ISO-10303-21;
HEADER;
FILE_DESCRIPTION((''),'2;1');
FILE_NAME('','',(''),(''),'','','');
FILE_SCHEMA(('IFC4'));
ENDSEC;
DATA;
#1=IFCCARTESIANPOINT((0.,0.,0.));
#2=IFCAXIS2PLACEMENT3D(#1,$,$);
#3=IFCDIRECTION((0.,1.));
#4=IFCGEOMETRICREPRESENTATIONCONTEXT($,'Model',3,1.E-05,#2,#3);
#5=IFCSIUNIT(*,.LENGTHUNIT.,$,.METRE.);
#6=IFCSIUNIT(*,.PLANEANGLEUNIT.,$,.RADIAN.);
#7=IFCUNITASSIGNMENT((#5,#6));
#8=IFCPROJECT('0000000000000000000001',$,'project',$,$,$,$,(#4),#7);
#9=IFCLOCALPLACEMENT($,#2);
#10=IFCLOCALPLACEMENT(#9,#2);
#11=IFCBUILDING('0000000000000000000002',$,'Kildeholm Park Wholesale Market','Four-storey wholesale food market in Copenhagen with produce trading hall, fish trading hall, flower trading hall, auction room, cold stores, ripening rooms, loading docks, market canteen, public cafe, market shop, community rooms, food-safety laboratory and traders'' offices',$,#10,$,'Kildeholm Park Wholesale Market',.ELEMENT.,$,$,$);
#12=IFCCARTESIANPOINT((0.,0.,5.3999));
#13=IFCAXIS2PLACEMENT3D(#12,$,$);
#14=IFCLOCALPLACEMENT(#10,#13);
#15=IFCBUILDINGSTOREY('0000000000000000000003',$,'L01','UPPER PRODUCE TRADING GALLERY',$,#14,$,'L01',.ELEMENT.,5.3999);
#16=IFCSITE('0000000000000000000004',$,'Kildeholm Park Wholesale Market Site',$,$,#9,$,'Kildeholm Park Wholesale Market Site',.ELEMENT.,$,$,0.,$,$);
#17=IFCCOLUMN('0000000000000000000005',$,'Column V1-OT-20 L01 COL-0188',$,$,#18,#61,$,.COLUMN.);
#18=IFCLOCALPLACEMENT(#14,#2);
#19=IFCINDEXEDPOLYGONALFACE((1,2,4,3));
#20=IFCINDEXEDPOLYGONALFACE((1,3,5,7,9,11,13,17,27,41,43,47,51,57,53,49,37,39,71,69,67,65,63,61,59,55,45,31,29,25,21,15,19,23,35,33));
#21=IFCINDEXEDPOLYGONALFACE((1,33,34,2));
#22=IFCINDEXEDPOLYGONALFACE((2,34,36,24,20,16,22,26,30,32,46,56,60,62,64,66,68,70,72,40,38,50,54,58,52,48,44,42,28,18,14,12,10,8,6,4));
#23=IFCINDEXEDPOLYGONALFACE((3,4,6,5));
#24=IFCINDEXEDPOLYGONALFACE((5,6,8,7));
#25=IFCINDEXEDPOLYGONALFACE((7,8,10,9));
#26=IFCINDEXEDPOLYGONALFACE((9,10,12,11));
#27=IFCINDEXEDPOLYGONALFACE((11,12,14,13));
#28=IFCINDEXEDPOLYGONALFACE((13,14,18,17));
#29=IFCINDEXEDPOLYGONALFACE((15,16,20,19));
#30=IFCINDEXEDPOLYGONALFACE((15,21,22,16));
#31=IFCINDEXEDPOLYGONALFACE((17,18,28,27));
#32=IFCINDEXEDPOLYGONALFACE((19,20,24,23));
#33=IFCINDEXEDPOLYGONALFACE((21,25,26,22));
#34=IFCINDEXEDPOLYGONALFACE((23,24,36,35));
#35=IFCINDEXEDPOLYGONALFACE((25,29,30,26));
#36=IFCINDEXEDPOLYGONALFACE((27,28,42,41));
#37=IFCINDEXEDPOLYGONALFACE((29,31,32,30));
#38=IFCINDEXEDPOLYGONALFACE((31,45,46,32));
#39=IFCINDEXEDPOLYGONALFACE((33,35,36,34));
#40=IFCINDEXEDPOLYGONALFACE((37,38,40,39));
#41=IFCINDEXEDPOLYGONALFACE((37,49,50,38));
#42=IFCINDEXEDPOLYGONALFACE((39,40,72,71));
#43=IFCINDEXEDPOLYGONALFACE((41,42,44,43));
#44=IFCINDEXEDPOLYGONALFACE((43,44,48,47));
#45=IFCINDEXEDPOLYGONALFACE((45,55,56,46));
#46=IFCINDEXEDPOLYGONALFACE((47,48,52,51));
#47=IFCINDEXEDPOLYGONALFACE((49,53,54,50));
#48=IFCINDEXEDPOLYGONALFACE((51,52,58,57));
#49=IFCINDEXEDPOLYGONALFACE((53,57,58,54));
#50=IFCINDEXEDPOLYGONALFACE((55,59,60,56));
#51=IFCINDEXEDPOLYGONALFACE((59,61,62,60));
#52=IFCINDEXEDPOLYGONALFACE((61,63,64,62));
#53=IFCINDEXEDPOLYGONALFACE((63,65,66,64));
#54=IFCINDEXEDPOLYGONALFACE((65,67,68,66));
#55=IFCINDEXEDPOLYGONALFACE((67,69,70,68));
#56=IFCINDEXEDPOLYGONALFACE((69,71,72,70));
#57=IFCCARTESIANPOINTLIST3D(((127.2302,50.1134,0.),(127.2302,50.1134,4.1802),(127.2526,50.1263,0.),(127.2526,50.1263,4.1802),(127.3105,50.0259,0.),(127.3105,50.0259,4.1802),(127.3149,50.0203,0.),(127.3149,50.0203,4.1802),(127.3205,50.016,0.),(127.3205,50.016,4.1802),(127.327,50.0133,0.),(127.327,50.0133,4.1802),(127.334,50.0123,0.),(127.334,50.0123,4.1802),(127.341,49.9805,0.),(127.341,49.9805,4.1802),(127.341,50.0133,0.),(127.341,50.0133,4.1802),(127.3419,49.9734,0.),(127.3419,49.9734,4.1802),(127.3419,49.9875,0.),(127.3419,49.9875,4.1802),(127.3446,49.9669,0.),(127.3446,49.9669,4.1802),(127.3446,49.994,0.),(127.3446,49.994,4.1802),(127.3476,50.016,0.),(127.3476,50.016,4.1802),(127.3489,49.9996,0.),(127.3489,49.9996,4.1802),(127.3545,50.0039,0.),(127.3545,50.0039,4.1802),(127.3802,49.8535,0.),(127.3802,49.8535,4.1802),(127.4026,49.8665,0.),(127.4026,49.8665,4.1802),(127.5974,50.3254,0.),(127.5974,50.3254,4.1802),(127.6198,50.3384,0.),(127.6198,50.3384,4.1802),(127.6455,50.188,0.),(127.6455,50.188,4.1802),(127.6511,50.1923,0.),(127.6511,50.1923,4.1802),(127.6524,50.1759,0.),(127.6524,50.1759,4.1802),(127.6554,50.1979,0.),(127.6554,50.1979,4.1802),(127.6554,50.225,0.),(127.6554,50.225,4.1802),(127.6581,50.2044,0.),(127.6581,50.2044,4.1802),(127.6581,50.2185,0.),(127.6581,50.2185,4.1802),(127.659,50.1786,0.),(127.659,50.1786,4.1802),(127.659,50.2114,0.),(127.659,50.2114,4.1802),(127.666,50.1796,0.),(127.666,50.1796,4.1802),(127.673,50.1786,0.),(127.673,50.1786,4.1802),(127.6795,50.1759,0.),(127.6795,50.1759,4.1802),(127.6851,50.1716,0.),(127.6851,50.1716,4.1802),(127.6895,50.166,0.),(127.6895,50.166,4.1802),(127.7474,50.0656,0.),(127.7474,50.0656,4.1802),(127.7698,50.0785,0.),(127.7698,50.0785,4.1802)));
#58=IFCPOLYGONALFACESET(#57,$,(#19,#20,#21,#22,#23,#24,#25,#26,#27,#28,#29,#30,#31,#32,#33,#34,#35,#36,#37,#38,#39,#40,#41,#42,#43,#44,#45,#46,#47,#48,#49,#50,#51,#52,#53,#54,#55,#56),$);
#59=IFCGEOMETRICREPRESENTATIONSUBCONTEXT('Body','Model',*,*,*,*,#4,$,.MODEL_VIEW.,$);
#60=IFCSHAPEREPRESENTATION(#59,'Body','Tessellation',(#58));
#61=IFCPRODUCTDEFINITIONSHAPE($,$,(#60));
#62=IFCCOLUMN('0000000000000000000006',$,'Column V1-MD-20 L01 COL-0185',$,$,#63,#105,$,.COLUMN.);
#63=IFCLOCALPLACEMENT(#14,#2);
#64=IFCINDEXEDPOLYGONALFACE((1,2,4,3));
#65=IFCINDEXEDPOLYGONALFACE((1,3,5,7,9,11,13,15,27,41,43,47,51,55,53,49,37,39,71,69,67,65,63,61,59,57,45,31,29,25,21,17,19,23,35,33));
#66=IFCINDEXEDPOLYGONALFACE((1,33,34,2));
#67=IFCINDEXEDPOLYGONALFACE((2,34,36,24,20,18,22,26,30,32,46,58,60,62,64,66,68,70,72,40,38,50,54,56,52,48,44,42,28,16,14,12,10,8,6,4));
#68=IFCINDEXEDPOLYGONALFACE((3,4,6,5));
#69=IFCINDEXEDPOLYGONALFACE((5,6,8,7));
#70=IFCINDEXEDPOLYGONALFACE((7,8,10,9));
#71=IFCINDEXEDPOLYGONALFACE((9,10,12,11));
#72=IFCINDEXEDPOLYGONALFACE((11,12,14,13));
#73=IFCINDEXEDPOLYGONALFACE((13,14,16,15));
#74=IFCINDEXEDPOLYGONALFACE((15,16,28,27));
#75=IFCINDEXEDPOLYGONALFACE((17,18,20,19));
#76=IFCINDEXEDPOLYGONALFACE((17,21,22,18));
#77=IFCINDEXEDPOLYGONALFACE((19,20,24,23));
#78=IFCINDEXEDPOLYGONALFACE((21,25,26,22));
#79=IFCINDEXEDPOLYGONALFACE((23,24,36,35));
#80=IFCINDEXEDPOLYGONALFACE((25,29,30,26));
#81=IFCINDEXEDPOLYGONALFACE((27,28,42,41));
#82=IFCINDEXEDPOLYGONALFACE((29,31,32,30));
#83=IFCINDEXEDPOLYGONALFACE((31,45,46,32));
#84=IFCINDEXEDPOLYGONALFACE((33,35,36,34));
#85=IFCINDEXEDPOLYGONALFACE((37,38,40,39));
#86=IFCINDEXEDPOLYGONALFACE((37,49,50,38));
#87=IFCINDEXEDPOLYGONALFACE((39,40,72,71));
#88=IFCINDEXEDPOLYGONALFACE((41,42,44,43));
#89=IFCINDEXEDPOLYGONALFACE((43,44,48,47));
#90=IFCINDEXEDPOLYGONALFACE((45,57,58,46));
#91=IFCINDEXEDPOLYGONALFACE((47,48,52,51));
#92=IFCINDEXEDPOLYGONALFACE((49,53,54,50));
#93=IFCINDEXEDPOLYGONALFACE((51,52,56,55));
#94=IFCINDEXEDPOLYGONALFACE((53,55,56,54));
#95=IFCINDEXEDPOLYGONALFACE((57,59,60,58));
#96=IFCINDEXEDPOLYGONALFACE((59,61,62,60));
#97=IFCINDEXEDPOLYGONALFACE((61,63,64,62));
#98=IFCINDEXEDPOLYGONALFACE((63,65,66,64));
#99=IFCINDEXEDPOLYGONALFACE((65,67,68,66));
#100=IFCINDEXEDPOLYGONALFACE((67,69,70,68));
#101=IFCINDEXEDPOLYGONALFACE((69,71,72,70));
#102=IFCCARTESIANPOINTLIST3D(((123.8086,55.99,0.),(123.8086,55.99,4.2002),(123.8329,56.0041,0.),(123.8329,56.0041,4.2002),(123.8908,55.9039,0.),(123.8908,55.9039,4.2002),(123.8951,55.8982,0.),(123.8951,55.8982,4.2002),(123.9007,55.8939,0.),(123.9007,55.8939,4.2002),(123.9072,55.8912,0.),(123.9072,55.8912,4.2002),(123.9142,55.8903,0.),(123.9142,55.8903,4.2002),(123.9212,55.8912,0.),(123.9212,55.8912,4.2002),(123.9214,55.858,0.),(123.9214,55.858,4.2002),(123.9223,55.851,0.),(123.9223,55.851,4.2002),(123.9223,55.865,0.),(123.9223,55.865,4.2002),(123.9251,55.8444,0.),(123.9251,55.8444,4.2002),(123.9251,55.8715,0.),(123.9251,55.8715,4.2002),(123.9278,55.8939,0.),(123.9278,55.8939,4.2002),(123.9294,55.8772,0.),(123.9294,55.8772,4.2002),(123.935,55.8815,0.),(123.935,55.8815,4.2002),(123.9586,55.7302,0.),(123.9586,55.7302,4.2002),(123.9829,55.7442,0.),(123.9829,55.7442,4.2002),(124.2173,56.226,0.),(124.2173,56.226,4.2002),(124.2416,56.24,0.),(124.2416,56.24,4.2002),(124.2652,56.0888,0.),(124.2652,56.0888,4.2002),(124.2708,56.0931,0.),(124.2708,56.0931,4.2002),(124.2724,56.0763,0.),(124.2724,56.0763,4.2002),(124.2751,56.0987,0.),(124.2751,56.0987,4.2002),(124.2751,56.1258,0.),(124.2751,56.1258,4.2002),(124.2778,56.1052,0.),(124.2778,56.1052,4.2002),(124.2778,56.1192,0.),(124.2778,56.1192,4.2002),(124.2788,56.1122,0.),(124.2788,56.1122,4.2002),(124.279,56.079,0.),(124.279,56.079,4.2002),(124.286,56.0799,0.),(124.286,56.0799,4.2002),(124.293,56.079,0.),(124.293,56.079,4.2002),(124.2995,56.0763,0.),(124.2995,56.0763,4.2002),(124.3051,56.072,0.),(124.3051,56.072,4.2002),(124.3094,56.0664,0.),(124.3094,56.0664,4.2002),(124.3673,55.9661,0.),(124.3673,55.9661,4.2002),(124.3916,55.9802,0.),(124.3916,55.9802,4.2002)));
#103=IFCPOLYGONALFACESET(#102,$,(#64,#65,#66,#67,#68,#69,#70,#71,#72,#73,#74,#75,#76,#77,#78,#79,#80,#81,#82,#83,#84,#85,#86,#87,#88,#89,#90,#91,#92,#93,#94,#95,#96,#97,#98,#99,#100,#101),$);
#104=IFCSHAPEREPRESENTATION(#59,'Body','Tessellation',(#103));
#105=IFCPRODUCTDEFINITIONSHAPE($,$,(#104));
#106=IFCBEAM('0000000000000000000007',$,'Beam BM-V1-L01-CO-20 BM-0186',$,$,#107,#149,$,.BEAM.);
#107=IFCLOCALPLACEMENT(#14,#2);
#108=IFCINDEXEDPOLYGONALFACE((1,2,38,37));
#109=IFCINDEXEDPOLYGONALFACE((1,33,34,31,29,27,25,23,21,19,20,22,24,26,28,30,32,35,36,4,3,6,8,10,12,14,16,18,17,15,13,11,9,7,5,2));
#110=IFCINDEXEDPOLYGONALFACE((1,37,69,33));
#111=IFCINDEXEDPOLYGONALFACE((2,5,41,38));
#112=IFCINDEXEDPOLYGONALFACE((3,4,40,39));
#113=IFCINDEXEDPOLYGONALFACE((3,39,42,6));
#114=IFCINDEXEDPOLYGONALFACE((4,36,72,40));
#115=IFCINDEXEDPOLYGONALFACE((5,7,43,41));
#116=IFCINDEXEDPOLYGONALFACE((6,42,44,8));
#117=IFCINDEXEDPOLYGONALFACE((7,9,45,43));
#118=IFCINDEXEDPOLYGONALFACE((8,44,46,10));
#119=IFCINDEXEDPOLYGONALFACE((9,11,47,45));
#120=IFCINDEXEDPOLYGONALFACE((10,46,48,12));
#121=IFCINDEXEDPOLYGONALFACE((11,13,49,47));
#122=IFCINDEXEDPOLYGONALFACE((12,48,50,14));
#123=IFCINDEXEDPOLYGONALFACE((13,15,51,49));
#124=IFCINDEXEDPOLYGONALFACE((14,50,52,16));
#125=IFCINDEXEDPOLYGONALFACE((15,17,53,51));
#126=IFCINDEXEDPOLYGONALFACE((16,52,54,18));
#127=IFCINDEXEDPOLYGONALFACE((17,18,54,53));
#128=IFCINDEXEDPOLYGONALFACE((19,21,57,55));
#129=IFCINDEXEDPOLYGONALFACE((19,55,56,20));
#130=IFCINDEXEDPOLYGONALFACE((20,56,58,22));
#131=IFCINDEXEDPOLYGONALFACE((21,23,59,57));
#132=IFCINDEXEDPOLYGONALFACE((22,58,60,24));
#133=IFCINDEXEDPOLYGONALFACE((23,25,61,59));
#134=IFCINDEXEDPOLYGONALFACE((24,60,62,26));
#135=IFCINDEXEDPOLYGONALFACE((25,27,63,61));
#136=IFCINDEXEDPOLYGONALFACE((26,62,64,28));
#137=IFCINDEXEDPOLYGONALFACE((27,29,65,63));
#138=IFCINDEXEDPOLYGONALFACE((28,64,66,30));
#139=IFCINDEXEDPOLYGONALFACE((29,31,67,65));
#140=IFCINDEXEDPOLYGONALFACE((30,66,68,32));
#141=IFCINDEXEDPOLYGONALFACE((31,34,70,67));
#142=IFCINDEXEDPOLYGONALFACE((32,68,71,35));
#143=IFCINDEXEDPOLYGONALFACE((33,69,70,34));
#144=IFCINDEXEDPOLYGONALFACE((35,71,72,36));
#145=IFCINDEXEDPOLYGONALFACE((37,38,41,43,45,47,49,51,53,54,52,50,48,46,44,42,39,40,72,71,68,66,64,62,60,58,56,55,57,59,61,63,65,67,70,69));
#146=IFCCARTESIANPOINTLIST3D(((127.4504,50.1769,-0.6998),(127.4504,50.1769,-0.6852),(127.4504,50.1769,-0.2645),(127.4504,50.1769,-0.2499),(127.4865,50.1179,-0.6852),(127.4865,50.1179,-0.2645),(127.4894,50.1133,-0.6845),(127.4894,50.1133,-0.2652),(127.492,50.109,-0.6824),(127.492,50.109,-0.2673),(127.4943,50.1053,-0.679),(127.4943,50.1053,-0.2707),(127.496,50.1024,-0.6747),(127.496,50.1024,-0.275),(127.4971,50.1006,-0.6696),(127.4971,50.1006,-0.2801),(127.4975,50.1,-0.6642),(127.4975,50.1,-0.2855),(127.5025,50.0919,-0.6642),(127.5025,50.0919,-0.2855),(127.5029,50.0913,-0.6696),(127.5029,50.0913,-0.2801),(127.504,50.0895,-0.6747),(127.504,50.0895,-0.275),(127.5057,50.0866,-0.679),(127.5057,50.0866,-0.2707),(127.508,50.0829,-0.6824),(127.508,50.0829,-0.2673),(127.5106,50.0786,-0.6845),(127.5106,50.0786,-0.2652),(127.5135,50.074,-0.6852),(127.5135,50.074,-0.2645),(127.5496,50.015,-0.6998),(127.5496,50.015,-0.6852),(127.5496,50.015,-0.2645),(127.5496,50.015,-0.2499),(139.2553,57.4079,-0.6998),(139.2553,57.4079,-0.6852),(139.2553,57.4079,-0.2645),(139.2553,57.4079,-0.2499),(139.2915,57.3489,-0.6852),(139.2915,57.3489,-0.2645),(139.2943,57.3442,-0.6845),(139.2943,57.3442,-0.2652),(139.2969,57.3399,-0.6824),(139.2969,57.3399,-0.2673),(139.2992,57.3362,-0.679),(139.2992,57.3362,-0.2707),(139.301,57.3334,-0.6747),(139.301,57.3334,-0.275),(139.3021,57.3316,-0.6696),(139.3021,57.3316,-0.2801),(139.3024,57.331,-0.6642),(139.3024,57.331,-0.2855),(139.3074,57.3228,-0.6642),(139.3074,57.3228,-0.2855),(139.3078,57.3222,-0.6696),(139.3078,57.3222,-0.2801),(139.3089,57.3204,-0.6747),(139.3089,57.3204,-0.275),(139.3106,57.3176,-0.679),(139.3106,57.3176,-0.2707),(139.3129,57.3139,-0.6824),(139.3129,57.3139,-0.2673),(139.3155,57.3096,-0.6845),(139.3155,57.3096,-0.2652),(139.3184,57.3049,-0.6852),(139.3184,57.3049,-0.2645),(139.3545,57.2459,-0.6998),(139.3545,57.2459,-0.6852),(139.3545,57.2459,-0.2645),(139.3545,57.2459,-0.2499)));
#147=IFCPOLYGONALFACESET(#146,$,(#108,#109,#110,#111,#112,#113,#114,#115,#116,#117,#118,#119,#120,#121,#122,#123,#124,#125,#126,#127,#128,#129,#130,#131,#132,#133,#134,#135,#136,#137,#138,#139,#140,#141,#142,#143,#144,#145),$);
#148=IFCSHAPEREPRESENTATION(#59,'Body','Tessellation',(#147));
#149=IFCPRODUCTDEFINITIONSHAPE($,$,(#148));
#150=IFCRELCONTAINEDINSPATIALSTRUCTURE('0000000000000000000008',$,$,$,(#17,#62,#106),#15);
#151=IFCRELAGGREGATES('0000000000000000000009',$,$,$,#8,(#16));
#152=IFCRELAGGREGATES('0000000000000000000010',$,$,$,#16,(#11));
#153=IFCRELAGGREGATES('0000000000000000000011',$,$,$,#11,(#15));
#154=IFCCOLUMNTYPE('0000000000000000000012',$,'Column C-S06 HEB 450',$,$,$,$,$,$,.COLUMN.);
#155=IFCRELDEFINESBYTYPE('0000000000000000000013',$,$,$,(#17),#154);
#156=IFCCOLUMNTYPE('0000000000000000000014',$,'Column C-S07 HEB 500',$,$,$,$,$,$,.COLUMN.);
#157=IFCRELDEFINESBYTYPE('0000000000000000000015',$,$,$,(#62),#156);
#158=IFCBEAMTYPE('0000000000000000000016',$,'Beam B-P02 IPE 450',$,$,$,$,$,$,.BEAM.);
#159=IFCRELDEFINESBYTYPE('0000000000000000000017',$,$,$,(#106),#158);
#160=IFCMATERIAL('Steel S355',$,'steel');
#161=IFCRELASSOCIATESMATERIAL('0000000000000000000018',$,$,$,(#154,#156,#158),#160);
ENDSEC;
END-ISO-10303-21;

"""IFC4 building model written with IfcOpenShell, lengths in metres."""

from ifc_helpers import new_model, si_unit, direction, frame, origin, origin_2d, place, context, subcontext, project, spatial, i_section, extrude, material, material_profile, profile_set, type_object, element, save


model = new_model("IFC4")

# Units and contexts
model_context = context("Model", 3, precision=1e-05, world=origin(), true_north=direction((0.0, 1.0)))
body_context = subcontext(model_context, "Body", "Model", "MODEL_VIEW")
ifc_project = project(units=[si_unit("LENGTHUNIT", "METRE"), si_unit("PLANEANGLEUNIT", "RADIAN")], contexts=[model_context])

# Site, building, storey
site_placement = place(None, origin())
site = spatial("IfcSite", under=ifc_project, at=site_placement, Name="Kildeholm Park Wholesale Market Site", LongName="Kildeholm Park Wholesale Market Site", CompositionType="ELEMENT", RefElevation=0.0)
building_placement = place(site_placement, origin())
building = spatial("IfcBuilding", under=site, at=building_placement, Name="Kildeholm Park Wholesale Market", Description="Four-storey wholesale food market in Copenhagen with produce trading hall, fish trading hall, flower trading hall, auction room, cold stores, ripening rooms, loading docks, market canteen, public cafe, market shop, community rooms, food-safety laboratory and traders' offices", LongName="Kildeholm Park Wholesale Market", CompositionType="ELEMENT")
storey_placement = place(building_placement, frame((0.0, 0.0, 5.3999)))
storey = spatial("IfcBuildingStorey", under=building, at=storey_placement, Name="L01", Description="UPPER PRODUCE TRADING GALLERY", LongName="L01", CompositionType="ELEMENT", Elevation=5.3999)

# Columns
ifc_material_1 = material(Name="Steel S355", Category="steel")
ifc_material_profile_1 = material_profile(ifc_material_1, i_section(OverallWidth=0.3, OverallDepth=0.45, WebThickness=0.0139, FlangeThickness=0.0259, FilletRadius=0.0271, at=origin_2d()), Name="HEB 450")
ifc_profile_set_1 = profile_set([ifc_material_profile_1], Name="Steel S355")
column_type_1 = type_object("IfcColumnType", Name="Column C-S06 HEB 450", PredefinedType="COLUMN", material=ifc_profile_set_1)
column_1_placement = place(storey_placement, frame((127.5, 50.0959, 0.0), z_axis=(0.0, 0.0, 1.0), x_axis=(0.5, -0.866025, 0.0)))
element("IfcColumn", 1, at=column_1_placement, inside=storey, type_object=column_type_1, Name="Column V1-OT-20 L01 COL-0188", PredefinedType="COLUMN", context=body_context, shape_type="SweptSolid", body=[
    extrude(i_section(OverallWidth=0.3, OverallDepth=0.45, WebThickness=0.0139, FlangeThickness=0.0259, FilletRadius=0.0271, at=origin_2d()), origin(), (0.0, 0.0, 1.0), 4.1802),
])
ifc_material_profile_2 = material_profile(ifc_material_1, i_section(OverallWidth=0.3, OverallDepth=0.5, WebThickness=0.0144, FlangeThickness=0.0281, FilletRadius=0.0271, at=origin_2d()), Name="HEB 500")
ifc_profile_set_2 = profile_set([ifc_material_profile_2], Name="Steel S355")
column_type_2 = type_object("IfcColumnType", Name="Column C-S07 HEB 500", PredefinedType="COLUMN", material=ifc_profile_set_2)
column_2_placement = place(storey_placement, frame((124.1001, 55.9851, 0.0), z_axis=(0.0, 0.0, 1.0), x_axis=(0.5, -0.866025, 0.0)))
element("IfcColumn", 2, at=column_2_placement, inside=storey, type_object=column_type_2, Name="Column V1-MD-20 L01 COL-0185", PredefinedType="COLUMN", context=body_context, shape_type="SweptSolid", body=[
    extrude(i_section(OverallWidth=0.3, OverallDepth=0.5, WebThickness=0.0144, FlangeThickness=0.0281, FilletRadius=0.0271, at=origin_2d()), origin(), (0.0, 0.0, 1.0), 4.2002),
])

# Beam
ifc_material_profile_3 = material_profile(ifc_material_1, i_section(OverallWidth=0.1899, OverallDepth=0.45, WebThickness=0.0095, FlangeThickness=0.0146, FilletRadius=0.021, at=origin_2d()), Name="IPE 450")
ifc_profile_set_3 = profile_set([ifc_material_profile_3], Name="Steel S355")
beam_type_1 = type_object("IfcBeamType", Name="Beam B-P02 IPE 450", PredefinedType="BEAM", material=ifc_profile_set_3)
beam_1_placement = place(storey_placement, frame((127.5, 50.0959, -0.4749), z_axis=(0.85274, 0.522335, 0.0), x_axis=(-0.522335, 0.85274, 0.0)))
element("IfcBeam", 3, at=beam_1_placement, inside=storey, type_object=beam_type_1, Name="Beam BM-V1-L01-CO-20 BM-0186", PredefinedType="BEAM", context=body_context, shape_type="SweptSolid", body=[
    extrude(i_section(OverallWidth=0.1899, OverallDepth=0.45, WebThickness=0.0095, FlangeThickness=0.0146, FilletRadius=0.021, at=origin_2d()), origin(), (0.0, 0.0, 1.0), 13.8435),
])

save(model, "model.ifc")
